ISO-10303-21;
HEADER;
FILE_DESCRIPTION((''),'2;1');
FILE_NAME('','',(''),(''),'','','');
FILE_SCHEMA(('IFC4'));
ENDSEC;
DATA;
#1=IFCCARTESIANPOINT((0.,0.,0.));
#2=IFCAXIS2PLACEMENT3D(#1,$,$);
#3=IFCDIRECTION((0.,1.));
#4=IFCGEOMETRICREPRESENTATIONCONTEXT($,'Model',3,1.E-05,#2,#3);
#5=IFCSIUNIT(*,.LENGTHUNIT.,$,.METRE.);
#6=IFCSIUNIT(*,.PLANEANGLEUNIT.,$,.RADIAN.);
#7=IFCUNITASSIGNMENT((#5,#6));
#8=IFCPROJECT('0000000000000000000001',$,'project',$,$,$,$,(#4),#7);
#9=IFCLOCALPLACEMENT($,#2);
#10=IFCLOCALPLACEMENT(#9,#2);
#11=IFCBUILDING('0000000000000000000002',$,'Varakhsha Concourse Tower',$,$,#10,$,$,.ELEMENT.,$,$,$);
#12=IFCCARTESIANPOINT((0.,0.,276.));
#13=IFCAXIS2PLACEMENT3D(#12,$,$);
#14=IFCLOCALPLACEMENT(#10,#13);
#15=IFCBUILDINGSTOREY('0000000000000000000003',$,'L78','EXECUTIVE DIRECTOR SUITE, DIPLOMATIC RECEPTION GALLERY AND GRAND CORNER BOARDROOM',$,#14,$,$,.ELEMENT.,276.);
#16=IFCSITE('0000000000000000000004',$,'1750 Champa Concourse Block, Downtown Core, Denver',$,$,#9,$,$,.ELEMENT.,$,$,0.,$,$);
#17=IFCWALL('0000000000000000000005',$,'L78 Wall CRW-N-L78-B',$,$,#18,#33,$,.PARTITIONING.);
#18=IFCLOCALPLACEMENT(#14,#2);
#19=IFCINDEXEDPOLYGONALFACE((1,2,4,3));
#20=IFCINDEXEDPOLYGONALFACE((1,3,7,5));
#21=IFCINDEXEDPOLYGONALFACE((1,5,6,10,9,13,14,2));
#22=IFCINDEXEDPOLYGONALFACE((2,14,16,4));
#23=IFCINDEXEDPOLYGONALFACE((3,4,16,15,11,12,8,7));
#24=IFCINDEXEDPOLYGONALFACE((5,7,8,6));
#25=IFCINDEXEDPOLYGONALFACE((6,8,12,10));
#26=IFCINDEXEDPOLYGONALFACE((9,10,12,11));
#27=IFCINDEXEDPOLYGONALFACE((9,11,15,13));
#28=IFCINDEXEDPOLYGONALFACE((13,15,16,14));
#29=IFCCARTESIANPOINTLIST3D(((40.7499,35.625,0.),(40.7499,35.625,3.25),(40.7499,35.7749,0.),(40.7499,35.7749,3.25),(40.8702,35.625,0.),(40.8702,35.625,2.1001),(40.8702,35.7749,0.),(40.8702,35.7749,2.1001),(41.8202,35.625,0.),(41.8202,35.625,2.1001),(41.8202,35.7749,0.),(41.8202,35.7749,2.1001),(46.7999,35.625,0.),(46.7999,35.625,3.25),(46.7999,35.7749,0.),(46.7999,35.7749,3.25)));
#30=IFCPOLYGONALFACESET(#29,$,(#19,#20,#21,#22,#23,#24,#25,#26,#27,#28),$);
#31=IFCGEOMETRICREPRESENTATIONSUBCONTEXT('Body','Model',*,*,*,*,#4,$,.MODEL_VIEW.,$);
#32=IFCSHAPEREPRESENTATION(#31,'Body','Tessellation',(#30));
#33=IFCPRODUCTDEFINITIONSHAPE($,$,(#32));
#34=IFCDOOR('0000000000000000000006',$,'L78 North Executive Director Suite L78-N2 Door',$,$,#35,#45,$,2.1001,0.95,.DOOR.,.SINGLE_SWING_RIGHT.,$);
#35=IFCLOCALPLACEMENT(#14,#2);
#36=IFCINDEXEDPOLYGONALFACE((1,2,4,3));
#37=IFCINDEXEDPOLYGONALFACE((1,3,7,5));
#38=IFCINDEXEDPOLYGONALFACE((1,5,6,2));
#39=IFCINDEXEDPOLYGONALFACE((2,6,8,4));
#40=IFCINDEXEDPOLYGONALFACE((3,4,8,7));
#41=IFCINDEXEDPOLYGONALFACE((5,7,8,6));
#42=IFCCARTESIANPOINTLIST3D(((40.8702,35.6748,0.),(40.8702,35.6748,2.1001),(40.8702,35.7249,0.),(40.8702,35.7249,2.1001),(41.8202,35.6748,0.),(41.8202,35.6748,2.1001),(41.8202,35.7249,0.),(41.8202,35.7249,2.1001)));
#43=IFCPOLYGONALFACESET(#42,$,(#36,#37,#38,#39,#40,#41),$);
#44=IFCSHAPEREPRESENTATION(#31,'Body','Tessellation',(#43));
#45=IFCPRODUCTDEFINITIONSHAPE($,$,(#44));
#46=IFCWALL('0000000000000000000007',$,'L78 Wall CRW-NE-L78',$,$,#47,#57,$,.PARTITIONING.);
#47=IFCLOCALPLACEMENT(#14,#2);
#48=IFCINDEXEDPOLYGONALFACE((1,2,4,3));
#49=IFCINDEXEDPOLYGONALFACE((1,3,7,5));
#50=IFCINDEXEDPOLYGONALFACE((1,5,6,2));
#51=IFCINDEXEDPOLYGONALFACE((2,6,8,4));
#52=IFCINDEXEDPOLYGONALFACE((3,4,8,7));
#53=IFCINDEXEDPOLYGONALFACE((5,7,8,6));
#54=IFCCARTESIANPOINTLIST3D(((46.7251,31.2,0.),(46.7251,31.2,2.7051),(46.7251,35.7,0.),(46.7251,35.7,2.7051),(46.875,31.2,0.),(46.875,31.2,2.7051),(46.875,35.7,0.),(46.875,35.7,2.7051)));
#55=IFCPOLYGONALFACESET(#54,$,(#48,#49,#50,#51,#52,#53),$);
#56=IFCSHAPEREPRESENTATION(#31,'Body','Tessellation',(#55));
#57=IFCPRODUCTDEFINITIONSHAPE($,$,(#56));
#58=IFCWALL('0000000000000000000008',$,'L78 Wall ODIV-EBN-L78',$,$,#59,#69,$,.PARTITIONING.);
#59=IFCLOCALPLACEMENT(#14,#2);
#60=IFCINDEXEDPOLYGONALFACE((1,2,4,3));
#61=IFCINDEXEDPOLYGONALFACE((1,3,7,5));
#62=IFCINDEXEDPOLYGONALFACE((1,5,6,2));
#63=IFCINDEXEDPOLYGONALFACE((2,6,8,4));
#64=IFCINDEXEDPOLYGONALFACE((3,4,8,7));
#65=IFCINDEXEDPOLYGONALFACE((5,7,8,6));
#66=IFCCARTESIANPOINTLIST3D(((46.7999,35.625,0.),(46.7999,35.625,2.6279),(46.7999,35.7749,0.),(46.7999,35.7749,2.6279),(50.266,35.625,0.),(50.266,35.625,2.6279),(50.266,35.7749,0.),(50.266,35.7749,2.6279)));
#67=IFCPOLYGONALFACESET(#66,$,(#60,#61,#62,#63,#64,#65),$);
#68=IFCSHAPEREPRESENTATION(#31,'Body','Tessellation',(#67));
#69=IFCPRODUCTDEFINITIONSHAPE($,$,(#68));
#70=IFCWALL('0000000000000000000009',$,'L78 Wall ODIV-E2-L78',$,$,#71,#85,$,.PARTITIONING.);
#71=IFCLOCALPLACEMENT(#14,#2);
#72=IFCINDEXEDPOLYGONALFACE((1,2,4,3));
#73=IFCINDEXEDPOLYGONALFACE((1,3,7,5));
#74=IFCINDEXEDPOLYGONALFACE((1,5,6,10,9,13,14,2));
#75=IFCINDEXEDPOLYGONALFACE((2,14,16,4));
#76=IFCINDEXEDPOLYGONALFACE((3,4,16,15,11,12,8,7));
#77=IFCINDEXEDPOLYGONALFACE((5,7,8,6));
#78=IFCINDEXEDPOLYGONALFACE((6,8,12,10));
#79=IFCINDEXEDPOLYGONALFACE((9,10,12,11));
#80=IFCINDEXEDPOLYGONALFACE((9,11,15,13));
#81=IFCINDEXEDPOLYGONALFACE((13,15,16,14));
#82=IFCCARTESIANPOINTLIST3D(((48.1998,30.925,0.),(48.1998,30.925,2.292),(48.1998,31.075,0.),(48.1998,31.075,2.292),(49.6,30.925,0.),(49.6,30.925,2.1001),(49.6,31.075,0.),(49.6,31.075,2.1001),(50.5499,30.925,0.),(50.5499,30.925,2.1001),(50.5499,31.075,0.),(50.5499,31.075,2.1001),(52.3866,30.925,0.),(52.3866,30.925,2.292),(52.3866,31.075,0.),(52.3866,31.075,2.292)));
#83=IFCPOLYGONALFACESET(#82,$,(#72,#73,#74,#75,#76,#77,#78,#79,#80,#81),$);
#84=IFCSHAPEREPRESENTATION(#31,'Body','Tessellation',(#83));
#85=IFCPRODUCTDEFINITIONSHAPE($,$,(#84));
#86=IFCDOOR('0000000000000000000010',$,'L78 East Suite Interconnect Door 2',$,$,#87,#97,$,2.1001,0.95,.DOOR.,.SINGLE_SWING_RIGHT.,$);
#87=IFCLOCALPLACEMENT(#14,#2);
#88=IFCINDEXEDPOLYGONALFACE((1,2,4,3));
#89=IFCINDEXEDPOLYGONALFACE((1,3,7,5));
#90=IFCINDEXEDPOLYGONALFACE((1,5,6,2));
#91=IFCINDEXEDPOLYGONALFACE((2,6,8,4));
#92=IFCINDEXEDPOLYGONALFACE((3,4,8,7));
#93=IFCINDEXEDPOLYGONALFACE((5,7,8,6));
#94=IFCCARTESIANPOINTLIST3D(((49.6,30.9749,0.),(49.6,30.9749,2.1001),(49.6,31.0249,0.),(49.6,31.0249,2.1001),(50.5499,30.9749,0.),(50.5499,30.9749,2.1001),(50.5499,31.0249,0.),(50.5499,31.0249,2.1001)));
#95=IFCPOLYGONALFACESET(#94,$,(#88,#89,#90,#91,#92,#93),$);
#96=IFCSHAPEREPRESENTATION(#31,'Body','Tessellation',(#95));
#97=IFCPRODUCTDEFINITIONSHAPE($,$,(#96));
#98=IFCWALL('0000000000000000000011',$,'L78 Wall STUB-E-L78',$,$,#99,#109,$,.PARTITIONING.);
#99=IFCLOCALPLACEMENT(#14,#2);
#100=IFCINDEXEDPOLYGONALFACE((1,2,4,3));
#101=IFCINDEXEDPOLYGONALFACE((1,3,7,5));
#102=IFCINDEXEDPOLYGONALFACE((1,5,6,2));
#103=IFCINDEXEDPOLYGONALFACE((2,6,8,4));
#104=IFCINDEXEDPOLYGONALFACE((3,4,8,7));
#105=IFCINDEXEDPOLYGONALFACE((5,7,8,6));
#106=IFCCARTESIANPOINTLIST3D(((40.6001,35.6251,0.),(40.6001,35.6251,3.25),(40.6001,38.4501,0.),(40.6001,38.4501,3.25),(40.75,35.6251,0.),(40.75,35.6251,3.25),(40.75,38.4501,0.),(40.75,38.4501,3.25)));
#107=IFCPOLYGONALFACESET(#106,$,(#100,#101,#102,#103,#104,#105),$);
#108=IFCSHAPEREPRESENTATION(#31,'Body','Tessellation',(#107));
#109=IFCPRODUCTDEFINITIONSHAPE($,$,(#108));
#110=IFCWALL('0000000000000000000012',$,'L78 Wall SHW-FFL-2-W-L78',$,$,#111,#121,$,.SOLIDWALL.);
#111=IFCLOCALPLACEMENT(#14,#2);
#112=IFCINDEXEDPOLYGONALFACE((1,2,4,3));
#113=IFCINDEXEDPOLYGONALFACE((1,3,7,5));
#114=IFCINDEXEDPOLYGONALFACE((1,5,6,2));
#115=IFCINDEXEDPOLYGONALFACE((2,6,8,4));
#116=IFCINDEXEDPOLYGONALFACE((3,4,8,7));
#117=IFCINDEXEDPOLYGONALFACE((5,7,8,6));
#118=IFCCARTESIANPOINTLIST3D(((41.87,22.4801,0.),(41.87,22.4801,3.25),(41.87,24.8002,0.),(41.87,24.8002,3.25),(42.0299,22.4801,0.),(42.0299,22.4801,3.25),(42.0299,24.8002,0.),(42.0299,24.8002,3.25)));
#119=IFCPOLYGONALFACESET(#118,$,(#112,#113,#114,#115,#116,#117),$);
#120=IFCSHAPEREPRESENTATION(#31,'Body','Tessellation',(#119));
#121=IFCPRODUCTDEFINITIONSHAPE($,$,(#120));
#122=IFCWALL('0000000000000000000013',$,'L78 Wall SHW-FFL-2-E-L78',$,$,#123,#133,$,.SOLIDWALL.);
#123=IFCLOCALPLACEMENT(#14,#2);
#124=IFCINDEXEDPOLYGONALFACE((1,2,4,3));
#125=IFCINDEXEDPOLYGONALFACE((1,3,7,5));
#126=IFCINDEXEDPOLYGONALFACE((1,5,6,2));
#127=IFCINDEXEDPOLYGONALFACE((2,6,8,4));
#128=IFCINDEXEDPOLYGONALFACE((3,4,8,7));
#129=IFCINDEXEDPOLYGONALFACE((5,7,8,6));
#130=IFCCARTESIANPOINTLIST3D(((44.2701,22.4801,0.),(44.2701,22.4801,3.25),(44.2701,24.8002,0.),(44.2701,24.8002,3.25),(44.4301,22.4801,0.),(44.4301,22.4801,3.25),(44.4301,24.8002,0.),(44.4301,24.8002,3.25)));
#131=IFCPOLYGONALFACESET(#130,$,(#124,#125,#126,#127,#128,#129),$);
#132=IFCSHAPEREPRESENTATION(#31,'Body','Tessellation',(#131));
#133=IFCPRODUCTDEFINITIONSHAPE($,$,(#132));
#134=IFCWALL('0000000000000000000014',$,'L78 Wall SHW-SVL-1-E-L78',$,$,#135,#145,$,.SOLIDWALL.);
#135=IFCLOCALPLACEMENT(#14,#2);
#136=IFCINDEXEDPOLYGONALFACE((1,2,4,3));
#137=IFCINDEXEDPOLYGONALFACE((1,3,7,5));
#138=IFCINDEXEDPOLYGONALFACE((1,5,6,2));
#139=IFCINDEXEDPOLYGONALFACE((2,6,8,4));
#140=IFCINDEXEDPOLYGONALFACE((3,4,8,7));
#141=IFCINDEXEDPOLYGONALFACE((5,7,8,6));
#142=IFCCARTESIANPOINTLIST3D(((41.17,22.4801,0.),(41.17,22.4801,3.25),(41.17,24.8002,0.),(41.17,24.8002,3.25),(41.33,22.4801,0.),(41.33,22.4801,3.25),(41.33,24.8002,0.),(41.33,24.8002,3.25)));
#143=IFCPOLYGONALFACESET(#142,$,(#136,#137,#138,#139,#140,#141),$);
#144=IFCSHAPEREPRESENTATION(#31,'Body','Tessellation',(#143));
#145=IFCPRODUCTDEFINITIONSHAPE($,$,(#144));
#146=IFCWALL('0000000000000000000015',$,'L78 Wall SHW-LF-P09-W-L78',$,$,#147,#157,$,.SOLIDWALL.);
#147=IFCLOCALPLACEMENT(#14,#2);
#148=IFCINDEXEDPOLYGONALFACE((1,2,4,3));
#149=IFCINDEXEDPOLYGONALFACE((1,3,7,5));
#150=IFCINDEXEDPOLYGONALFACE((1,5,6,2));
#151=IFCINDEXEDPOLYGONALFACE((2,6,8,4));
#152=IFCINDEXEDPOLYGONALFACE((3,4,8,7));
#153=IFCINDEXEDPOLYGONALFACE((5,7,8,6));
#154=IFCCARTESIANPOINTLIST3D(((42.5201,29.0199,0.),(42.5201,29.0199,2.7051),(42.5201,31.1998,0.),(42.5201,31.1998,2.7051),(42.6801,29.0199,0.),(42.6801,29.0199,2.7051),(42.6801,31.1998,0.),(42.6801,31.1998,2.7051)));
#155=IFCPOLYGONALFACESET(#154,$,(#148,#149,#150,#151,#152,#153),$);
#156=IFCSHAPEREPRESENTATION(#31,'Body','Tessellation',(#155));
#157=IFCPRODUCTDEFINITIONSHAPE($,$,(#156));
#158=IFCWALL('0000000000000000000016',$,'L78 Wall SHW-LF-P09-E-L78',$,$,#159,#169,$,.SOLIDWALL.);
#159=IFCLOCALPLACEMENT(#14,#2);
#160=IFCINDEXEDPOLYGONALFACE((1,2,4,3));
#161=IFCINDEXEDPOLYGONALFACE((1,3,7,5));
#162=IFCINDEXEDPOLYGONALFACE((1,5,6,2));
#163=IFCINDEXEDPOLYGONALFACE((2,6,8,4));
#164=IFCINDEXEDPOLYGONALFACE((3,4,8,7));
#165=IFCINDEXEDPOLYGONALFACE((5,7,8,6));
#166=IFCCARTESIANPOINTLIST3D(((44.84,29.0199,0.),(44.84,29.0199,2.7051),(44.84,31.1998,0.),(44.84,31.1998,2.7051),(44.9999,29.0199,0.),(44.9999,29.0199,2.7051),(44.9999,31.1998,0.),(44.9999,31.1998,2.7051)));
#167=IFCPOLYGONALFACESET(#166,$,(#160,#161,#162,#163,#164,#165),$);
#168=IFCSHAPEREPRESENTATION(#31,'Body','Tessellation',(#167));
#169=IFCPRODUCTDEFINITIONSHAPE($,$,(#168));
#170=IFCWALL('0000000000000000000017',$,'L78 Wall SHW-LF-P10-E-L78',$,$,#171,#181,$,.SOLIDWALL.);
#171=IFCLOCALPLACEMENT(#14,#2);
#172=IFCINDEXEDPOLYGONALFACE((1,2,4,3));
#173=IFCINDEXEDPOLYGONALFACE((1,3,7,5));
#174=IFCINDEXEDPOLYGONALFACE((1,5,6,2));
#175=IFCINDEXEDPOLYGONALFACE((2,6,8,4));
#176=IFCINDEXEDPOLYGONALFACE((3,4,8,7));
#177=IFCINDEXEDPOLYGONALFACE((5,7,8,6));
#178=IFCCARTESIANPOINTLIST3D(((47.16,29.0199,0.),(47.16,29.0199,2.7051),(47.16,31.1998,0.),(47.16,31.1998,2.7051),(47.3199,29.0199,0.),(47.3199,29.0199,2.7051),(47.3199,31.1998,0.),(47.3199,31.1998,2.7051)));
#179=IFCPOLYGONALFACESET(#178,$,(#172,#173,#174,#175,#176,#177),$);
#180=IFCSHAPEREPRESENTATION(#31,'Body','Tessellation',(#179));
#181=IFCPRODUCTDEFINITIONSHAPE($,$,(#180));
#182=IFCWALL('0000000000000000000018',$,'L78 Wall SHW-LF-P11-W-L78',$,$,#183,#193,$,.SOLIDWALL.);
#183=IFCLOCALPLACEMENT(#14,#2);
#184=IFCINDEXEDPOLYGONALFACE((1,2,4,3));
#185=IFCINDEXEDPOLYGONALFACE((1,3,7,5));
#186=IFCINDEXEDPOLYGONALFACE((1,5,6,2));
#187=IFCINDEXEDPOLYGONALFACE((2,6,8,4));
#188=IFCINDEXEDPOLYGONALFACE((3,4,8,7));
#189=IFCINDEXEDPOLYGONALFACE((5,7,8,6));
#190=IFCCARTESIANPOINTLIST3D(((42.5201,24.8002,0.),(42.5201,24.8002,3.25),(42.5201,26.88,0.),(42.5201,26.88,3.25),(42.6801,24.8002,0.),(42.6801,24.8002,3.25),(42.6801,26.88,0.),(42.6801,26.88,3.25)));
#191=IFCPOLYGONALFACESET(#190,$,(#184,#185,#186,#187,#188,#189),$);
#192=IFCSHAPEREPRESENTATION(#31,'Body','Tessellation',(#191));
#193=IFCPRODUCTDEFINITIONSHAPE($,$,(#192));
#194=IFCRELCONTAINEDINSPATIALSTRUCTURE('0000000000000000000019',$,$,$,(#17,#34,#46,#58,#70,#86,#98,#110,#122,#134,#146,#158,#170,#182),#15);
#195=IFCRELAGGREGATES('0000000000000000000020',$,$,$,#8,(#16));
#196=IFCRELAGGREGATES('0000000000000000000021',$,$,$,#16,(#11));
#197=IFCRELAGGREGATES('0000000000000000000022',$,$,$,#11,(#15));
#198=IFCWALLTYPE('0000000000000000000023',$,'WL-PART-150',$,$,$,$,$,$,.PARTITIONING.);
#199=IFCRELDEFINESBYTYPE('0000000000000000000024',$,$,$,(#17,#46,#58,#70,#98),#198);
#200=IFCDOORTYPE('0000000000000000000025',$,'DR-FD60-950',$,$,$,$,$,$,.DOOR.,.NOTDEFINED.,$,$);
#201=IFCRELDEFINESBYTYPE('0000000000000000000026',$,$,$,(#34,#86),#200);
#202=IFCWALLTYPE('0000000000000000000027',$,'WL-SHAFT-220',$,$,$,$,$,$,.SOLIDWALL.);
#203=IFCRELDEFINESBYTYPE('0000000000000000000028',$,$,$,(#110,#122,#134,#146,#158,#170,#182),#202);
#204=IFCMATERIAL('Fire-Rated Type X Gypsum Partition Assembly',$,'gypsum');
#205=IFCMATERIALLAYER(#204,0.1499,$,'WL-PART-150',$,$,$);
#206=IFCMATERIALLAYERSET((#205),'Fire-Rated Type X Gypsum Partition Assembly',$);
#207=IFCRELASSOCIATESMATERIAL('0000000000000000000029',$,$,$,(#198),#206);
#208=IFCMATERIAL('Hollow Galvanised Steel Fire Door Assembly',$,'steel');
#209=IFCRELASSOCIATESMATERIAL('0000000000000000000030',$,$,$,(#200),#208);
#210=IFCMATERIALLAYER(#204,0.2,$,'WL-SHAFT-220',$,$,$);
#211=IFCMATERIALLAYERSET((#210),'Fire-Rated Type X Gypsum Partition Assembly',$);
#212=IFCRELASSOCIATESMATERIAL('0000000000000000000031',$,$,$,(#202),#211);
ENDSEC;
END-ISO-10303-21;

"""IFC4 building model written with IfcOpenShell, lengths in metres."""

from ifc_helpers import new_model, si_unit, direction, frame, frame_2d, origin, place, context, subcontext, project, spatial, rectangle, extrude, material, layer, layer_set, type_object, element, fill, save


model = new_model("IFC4")

# Units and contexts
model_context = context("Model", 3, precision=1e-05, world=origin(), true_north=direction((0.0, 1.0)))
body_context = subcontext(model_context, "Body", "Model", "MODEL_VIEW")
ifc_project = project(units=[si_unit("LENGTHUNIT", "METRE"), si_unit("PLANEANGLEUNIT", "RADIAN")], contexts=[model_context])

# Site, building, storey
site_placement = place(None, origin())
site = spatial("IfcSite", under=ifc_project, at=site_placement, Name="1750 Champa Concourse Block, Downtown Core, Denver", CompositionType="ELEMENT", RefElevation=0.0)
building_placement = place(site_placement, origin())
building = spatial("IfcBuilding", under=site, at=building_placement, Name="Varakhsha Concourse Tower", CompositionType="ELEMENT")
storey_placement = place(building_placement, frame((0.0, 0.0, 276.0)))
storey = spatial("IfcBuildingStorey", under=building, at=storey_placement, Name="L78", Description="EXECUTIVE DIRECTOR SUITE, DIPLOMATIC RECEPTION GALLERY AND GRAND CORNER BOARDROOM", CompositionType="ELEMENT", Elevation=276.0)

# Shared definitions
ifc_material_1 = material(Name="Fire-Rated Type X Gypsum Partition Assembly", Category="gypsum")
ifc_layer_1 = layer(ifc_material_1, 0.1499, Name="WL-PART-150")
ifc_layer_set_1 = layer_set([ifc_layer_1], Name="Fire-Rated Type X Gypsum Partition Assembly")
wall_type_1 = type_object("IfcWallType", Name="WL-PART-150", PredefinedType="PARTITIONING", material=ifc_layer_set_1)

# Wall, opening, door
wall_1_placement = place(storey_placement, frame((40.75, 35.7, 0.0), z_axis=(0.0, 0.0, 1.0), x_axis=(1.0, 0.0, 0.0)))
wall_1 = element("IfcWall", 1, at=wall_1_placement, inside=storey, type_object=wall_type_1, Name="L78 Wall CRW-N-L78-B", PredefinedType="PARTITIONING", context=body_context, shape_type="SweptSolid", body=[
    extrude(rectangle(XDim=6.05, YDim=0.1499, at=frame_2d((3.0249, 0.0))), origin(), (0.0, 0.0, 1.0), 3.25),
])
opening_1_placement = place(wall_1_placement, frame((0.1201, 0.0, 0.0)))
opening_1 = element("IfcOpeningElement", 2, at=opening_1_placement, cuts=wall_1, PredefinedType="OPENING", context=body_context, shape_type="SweptSolid", body=[
    extrude(rectangle(XDim=0.95, YDim=2.1001, at=frame_2d((0.4751, 1.05))), frame((0.0, 0.085, 0.0), z_axis=(0.0, -1.0, 0.0), x_axis=(1.0, 0.0, 0.0)), (0.0, 0.0, 1.0), 0.1699),
])
ifc_material_2 = material(Name="Hollow Galvanised Steel Fire Door Assembly", Category="steel")
door_type = type_object("IfcDoorType", Name="DR-FD60-950", OperationType="NOTDEFINED", PredefinedType="DOOR", material=ifc_material_2)
door_1_placement = place(opening_1_placement, origin())
door_1 = element("IfcDoor", 3, at=door_1_placement, inside=storey, type_object=door_type, Name="L78 North Executive Director Suite L78-N2 Door", OperationType="SINGLE_SWING_RIGHT", OverallHeight=2.1001, OverallWidth=0.95, PredefinedType="DOOR", context=body_context, shape_type="SweptSolid", body=[
    extrude(rectangle(XDim=0.95, YDim=2.1001, at=frame_2d((0.4751, 1.05))), frame((0.0, 0.0249, 0.0), z_axis=(0.0, -1.0, 0.0), x_axis=(1.0, 0.0, 0.0)), (0.0, 0.0, 1.0), 0.05),
])
fill(opening_1, door_1)

# Walls
wall_2_placement = place(storey_placement, frame((46.8, 31.2, 0.0), z_axis=(0.0, 0.0, 1.0), x_axis=(0.0, 1.0, 0.0)))
element("IfcWall", 4, at=wall_2_placement, inside=storey, type_object=wall_type_1, Name="L78 Wall CRW-NE-L78", PredefinedType="PARTITIONING", context=body_context, shape_type="SweptSolid", body=[
    extrude(rectangle(XDim=4.5, YDim=0.1499, at=frame_2d((2.25, 0.0))), origin(), (0.0, 0.0, 1.0), 2.7051),
])
wall_3_placement = place(storey_placement, frame((46.8, 35.7, 0.0), z_axis=(0.0, 0.0, 1.0), x_axis=(1.0, 0.0, 0.0)))
element("IfcWall", 5, at=wall_3_placement, inside=storey, type_object=wall_type_1, Name="L78 Wall ODIV-EBN-L78", PredefinedType="PARTITIONING", context=body_context, shape_type="SweptSolid", body=[
    extrude(rectangle(XDim=3.4661, YDim=0.1499, at=frame_2d((1.7329, 0.0))), origin(), (0.0, 0.0, 1.0), 2.6279),
])

# Wall, opening, door
wall_4_placement = place(storey_placement, frame((48.2, 31.0, 0.0), z_axis=(0.0, 0.0, 1.0), x_axis=(1.0, 0.0, 0.0)))
wall_4 = element("IfcWall", 6, at=wall_4_placement, inside=storey, type_object=wall_type_1, Name="L78 Wall ODIV-E2-L78", PredefinedType="PARTITIONING", context=body_context, shape_type="SweptSolid", body=[
    extrude(rectangle(XDim=4.1868, YDim=0.1499, at=frame_2d((2.0933, 0.0))), origin(), (0.0, 0.0, 1.0), 2.292),
])
opening_2_placement = place(wall_4_placement, frame((1.3999, 0.0, 0.0)))
opening_2 = element("IfcOpeningElement", 7, at=opening_2_placement, cuts=wall_4, PredefinedType="OPENING", context=body_context, shape_type="SweptSolid", body=[
    extrude(rectangle(XDim=0.95, YDim=2.1001, at=frame_2d((0.4751, 1.05))), frame((0.0, 0.085, 0.0), z_axis=(0.0, -1.0, 0.0), x_axis=(1.0, 0.0, 0.0)), (0.0, 0.0, 1.0), 0.1699),
])
door_2_placement = place(opening_2_placement, origin())
door_2 = element("IfcDoor", 8, at=door_2_placement, inside=storey, type_object=door_type, Name="L78 East Suite Interconnect Door 2", OperationType="SINGLE_SWING_RIGHT", OverallHeight=2.1001, OverallWidth=0.95, PredefinedType="DOOR", context=body_context, shape_type="SweptSolid", body=[
    extrude(rectangle(XDim=0.95, YDim=2.1001, at=frame_2d((0.4751, 1.05))), frame((0.0, 0.0249, 0.0), z_axis=(0.0, -1.0, 0.0), x_axis=(1.0, 0.0, 0.0)), (0.0, 0.0, 1.0), 0.05),
])
fill(opening_2, door_2)

# Walls
wall_5_placement = place(storey_placement, frame((40.675, 35.625, 0.0), z_axis=(0.0, 0.0, 1.0), x_axis=(0.0, 1.0, 0.0)))
element("IfcWall", 9, at=wall_5_placement, inside=storey, type_object=wall_type_1, Name="L78 Wall STUB-E-L78", PredefinedType="PARTITIONING", context=body_context, shape_type="SweptSolid", body=[
    extrude(rectangle(XDim=2.825, YDim=0.1499, at=frame_2d((1.4126, 0.0))), origin(), (0.0, 0.0, 1.0), 3.25),
])
ifc_layer_2 = layer(ifc_material_1, 0.2, Name="WL-SHAFT-220")
ifc_layer_set_2 = layer_set([ifc_layer_2], Name="Fire-Rated Type X Gypsum Partition Assembly")
wall_type_2 = type_object("IfcWallType", Name="WL-SHAFT-220", PredefinedType="SOLIDWALL", material=ifc_layer_set_2)
for number, where, z_axis, x_axis, name in (
    (10, (41.95, 22.48, 0.0), (0.0, 0.0, 1.0), (0.0, 1.0, 0.0), "L78 Wall SHW-FFL-2-W-L78"),
    (11, (44.3501, 22.48, 0.0), (0.0, 0.0, 1.0), (0.0, 1.0, 0.0), "L78 Wall SHW-FFL-2-E-L78"),
    (12, (41.25, 22.48, 0.0), (0.0, 0.0, 1.0), (0.0, 1.0, 0.0), "L78 Wall SHW-SVL-1-E-L78"),
):
    element("IfcWall", number, at=place(storey_placement, frame(where, z_axis=z_axis, x_axis=x_axis)), inside=storey, type_object=wall_type_2, Name=name, PredefinedType="SOLIDWALL", context=body_context, shape_type="SweptSolid", body=[
        extrude(rectangle(XDim=2.3201, YDim=0.1599, at=frame_2d((1.1602, 0.0))), origin(), (0.0, 0.0, 1.0), 3.25),
    ])
for number, where, z_axis, x_axis, name in (
    (13, (42.6001, 29.02, 0.0), (0.0, 0.0, 1.0), (0.0, 1.0, 0.0), "L78 Wall SHW-LF-P09-W-L78"),
    (14, (44.9199, 29.02, 0.0), (0.0, 0.0, 1.0), (0.0, 1.0, 0.0), "L78 Wall SHW-LF-P09-E-L78"),
    (15, (47.24, 29.02, 0.0), (0.0, 0.0, 1.0), (0.0, 1.0, 0.0), "L78 Wall SHW-LF-P10-E-L78"),
):
    element("IfcWall", number, at=place(storey_placement, frame(where, z_axis=z_axis, x_axis=x_axis)), inside=storey, type_object=wall_type_2, Name=name, PredefinedType="SOLIDWALL", context=body_context, shape_type="SweptSolid", body=[
        extrude(rectangle(XDim=2.1799, YDim=0.1599, at=frame_2d((1.0898, 0.0))), origin(), (0.0, 0.0, 1.0), 2.7051),
    ])
for number, where, z_axis, x_axis, name in (
    (16, (42.6001, 24.8, 0.0), (0.0, 0.0, 1.0), (0.0, 1.0, 0.0), "L78 Wall SHW-LF-P11-W-L78"),
):
    element("IfcWall", number, at=place(storey_placement, frame(where, z_axis=z_axis, x_axis=x_axis)), inside=storey, type_object=wall_type_2, Name=name, PredefinedType="SOLIDWALL", context=body_context, shape_type="SweptSolid", body=[
        extrude(rectangle(XDim=2.0798, YDim=0.1599, at=frame_2d((1.04, 0.0))), origin(), (0.0, 0.0, 1.0), 3.25),
    ])

save(model, "model.ifc")
